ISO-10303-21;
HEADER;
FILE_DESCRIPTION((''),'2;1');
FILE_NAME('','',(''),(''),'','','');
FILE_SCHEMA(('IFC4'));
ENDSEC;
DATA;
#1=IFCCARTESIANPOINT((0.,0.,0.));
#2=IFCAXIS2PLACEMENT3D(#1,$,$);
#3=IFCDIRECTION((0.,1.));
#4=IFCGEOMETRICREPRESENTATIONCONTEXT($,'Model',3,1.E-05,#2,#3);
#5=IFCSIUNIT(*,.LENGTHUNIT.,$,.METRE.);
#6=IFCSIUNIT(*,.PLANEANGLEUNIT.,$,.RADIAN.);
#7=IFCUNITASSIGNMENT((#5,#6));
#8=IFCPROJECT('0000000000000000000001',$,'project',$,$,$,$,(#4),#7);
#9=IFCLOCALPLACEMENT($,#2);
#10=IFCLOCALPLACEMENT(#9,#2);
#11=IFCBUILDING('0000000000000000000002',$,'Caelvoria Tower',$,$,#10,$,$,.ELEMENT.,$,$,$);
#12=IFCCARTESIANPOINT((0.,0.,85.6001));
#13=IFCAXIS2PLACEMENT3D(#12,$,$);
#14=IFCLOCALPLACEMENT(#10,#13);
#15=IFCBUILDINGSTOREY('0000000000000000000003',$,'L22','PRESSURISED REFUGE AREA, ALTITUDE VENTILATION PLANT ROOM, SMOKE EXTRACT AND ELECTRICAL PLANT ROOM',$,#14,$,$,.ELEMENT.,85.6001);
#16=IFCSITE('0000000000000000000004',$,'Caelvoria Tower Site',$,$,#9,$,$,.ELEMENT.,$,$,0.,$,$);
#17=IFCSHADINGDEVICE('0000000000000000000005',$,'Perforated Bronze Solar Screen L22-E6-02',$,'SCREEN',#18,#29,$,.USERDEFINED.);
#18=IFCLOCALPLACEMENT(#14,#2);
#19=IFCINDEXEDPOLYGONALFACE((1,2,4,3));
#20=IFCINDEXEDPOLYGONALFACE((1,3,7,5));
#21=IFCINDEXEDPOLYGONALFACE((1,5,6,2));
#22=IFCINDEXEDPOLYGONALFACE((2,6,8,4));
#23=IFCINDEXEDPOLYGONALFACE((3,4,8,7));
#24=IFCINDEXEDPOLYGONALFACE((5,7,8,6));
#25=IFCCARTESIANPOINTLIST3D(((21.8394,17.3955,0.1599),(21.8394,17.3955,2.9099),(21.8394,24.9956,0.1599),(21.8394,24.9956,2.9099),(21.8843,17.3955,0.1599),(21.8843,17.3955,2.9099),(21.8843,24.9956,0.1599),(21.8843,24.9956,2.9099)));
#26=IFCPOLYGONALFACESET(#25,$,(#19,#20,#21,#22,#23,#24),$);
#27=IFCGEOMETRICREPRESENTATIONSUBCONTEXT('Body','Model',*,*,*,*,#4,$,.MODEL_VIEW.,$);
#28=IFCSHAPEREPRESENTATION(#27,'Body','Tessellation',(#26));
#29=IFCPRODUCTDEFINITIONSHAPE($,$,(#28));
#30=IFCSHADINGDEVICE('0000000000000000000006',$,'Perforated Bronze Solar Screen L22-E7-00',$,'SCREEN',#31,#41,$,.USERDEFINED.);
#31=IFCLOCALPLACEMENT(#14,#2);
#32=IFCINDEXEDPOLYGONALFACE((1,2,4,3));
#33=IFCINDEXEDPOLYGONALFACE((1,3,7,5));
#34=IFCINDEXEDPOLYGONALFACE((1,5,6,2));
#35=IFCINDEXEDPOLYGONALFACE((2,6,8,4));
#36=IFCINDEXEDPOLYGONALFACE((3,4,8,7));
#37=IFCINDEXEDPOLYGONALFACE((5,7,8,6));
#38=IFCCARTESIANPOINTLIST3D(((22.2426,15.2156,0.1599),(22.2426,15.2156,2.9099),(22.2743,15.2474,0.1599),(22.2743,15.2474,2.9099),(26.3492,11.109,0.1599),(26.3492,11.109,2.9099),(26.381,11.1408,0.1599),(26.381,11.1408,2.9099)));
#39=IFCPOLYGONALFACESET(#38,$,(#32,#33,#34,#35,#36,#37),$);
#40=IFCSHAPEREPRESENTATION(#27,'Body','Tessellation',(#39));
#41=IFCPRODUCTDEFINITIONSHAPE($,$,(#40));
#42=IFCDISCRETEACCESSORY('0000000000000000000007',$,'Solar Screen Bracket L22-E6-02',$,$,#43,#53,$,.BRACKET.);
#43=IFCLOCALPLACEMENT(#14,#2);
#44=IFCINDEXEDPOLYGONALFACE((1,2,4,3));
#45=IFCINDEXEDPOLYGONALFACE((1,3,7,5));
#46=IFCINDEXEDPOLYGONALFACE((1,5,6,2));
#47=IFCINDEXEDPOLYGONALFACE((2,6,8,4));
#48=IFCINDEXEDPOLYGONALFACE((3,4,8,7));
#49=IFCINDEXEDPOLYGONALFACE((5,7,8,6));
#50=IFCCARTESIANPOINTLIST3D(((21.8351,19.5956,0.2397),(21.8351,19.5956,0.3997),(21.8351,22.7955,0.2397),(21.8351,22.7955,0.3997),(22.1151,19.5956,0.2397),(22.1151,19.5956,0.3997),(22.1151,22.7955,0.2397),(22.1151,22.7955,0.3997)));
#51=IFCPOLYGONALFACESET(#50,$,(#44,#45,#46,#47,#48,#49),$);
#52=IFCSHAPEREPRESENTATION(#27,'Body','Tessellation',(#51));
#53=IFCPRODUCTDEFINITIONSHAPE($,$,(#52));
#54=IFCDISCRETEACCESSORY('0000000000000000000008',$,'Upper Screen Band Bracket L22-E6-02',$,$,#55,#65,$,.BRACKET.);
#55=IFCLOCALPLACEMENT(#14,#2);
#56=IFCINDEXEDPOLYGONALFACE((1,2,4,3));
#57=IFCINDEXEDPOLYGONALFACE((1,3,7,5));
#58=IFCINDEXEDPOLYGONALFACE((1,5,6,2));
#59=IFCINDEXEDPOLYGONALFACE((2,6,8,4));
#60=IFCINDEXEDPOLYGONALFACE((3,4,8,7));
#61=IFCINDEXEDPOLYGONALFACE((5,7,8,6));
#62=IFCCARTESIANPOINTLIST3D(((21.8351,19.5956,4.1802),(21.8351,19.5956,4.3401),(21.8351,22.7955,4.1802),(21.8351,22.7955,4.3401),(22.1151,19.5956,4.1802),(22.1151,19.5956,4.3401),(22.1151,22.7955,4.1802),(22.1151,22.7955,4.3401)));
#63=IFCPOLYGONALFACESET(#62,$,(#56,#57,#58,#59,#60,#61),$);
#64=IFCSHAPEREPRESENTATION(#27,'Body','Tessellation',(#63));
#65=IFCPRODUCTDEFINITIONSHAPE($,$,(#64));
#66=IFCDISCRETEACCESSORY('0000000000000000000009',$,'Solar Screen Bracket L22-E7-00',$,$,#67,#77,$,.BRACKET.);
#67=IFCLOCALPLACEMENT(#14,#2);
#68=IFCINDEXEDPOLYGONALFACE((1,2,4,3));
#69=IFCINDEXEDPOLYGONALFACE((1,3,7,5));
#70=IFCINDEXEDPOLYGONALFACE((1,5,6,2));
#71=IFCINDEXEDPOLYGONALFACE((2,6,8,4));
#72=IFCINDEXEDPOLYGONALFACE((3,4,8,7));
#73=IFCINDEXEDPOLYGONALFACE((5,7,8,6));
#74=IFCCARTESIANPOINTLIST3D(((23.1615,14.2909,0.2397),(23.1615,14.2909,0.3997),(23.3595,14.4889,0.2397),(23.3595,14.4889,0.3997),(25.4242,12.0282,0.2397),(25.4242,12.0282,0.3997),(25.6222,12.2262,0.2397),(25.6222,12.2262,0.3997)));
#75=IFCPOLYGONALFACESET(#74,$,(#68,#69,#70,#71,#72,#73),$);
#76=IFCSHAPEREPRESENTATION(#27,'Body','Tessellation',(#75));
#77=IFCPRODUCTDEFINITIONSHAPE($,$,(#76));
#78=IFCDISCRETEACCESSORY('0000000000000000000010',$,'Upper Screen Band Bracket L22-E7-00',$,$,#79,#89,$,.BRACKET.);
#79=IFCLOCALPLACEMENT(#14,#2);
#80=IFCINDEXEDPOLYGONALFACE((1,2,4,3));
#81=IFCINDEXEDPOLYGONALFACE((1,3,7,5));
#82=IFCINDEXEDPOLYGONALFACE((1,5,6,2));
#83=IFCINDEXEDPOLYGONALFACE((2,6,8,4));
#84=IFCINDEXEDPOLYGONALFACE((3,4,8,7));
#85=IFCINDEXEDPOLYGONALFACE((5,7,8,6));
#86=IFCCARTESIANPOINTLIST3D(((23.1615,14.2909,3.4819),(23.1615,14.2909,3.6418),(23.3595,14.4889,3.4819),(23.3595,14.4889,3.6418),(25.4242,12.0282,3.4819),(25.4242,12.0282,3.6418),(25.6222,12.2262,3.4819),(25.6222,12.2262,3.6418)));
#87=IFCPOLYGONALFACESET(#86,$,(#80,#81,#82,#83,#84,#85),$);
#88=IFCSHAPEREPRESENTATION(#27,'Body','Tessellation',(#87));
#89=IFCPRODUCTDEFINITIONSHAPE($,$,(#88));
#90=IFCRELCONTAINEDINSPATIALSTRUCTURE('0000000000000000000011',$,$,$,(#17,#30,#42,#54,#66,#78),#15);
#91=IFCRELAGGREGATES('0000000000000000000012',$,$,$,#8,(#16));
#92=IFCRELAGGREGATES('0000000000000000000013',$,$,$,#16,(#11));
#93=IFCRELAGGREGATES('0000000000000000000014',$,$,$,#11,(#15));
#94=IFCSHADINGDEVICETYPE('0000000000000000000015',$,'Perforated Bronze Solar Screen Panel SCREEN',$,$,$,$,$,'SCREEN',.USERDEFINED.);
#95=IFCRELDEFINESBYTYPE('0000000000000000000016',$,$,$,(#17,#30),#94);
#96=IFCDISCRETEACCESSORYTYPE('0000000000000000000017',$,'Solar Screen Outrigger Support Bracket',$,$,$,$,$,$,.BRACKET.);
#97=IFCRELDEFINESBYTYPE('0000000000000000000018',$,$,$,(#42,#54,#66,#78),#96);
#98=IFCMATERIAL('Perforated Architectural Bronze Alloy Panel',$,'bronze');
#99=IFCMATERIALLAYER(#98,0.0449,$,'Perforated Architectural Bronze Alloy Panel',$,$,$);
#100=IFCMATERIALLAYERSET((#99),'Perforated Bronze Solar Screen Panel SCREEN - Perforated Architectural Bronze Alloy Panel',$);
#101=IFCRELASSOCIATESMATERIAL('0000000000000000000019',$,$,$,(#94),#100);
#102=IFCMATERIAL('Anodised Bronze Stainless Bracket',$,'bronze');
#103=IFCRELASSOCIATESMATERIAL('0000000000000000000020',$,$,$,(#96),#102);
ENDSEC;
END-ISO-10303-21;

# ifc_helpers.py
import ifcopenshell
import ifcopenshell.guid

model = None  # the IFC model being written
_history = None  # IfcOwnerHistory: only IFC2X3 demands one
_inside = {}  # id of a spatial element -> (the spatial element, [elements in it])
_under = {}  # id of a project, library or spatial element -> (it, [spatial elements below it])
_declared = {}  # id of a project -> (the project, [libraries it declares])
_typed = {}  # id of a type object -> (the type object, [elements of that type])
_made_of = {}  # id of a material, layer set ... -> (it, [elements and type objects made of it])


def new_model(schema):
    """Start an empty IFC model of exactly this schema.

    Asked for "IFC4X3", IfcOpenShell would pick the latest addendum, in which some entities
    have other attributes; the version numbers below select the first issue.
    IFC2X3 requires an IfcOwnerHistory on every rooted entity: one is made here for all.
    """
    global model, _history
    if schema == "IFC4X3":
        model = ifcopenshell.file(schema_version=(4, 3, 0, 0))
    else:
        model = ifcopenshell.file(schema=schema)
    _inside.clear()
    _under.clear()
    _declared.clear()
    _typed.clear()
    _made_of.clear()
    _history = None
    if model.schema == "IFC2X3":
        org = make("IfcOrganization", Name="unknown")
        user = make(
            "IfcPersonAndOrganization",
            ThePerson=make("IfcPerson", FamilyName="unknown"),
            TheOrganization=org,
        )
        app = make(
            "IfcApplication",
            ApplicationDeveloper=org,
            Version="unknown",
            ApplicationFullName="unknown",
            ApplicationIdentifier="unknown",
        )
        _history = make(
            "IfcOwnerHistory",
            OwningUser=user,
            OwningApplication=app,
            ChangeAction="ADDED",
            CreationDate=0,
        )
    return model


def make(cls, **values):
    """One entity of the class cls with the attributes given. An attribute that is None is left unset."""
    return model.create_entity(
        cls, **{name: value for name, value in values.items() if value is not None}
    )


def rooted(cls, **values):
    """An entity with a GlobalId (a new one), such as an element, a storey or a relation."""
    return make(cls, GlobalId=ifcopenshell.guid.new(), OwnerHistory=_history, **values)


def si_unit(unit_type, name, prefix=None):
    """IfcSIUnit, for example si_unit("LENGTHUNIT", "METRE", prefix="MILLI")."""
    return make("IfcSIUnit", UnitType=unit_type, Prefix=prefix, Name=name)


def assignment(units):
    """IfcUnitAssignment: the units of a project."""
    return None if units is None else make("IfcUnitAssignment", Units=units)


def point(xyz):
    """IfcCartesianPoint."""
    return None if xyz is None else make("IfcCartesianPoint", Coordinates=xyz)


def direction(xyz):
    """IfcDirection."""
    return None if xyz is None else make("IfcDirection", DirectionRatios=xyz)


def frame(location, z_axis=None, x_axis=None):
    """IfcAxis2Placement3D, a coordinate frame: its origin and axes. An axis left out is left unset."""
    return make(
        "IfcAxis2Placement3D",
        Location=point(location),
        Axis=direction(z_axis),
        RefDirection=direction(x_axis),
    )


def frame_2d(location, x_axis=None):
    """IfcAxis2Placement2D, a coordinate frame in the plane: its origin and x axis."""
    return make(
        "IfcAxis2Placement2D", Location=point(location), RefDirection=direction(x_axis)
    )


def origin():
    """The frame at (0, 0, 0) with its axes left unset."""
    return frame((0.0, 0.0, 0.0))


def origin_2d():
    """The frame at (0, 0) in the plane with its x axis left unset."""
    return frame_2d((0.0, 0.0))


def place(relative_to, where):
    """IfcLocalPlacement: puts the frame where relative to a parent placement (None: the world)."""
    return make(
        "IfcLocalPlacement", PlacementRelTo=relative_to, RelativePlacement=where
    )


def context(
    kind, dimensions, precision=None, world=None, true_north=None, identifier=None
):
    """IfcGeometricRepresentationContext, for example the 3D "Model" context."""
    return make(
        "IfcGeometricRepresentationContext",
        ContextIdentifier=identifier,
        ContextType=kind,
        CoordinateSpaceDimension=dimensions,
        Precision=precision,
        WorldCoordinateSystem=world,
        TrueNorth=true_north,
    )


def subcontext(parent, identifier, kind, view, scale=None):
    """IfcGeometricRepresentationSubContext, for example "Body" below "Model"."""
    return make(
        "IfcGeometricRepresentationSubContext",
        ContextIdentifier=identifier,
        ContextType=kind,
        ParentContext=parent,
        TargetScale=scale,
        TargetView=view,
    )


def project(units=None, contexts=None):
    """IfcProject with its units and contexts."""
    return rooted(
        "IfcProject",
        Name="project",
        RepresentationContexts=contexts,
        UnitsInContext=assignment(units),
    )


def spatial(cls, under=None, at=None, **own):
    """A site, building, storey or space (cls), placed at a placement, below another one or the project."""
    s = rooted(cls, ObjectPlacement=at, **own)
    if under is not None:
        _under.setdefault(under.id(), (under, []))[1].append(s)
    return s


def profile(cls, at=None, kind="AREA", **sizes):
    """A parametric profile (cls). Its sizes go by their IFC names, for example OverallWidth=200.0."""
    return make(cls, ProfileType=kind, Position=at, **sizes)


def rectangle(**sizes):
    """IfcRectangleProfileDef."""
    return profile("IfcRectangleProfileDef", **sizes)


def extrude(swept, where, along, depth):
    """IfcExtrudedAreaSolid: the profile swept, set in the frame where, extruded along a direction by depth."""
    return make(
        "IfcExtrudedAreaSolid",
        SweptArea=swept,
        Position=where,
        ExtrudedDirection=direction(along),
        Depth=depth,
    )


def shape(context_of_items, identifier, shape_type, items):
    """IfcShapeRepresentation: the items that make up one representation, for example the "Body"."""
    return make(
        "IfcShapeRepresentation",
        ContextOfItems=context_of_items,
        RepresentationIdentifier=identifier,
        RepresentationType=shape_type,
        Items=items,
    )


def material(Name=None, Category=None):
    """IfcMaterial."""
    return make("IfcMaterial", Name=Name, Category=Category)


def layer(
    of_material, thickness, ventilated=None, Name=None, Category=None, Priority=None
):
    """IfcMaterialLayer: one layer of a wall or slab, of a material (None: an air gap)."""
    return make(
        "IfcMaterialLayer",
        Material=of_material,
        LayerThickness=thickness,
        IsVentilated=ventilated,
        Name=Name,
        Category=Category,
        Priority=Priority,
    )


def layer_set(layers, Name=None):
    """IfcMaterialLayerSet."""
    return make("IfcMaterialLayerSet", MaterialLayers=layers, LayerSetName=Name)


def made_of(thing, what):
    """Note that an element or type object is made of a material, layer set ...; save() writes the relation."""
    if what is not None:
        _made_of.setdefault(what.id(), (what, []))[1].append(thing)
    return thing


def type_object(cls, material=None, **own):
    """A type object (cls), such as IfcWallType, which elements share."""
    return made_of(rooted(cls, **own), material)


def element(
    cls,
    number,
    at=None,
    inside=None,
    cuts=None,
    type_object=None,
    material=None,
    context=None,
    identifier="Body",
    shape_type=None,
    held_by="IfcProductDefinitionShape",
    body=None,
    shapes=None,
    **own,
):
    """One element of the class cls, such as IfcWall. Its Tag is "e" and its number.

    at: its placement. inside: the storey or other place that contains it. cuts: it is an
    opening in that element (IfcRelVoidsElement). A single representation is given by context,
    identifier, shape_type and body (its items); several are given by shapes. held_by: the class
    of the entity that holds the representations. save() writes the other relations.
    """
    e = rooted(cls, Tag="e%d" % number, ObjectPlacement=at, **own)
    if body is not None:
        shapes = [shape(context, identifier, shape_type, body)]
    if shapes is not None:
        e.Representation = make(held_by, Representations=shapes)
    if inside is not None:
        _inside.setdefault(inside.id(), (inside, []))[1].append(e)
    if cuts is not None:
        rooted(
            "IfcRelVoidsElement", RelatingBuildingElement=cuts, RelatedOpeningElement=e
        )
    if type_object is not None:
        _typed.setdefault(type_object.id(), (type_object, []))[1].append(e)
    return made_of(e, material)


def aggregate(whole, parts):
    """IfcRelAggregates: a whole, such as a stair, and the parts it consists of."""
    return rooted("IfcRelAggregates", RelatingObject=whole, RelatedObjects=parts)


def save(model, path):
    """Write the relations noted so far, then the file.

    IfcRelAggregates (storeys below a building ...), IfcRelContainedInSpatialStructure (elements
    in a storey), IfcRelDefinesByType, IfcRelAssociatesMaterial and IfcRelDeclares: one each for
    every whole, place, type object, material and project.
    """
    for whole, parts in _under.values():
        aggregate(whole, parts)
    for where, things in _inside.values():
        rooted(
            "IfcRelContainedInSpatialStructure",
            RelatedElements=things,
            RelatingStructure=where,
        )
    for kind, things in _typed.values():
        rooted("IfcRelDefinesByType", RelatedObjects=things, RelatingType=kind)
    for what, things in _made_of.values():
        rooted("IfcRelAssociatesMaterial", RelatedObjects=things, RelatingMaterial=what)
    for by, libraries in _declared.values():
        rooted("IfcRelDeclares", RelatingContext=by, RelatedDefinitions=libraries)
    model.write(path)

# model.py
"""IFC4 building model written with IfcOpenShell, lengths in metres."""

from ifc_helpers import new_model, si_unit, direction, frame, origin, origin_2d, place, context, subcontext, project, spatial, rectangle, extrude, material, layer, layer_set, type_object, element, save


model = new_model("IFC4")

# Units and contexts
model_context = context("Model", 3, precision=1e-05, world=origin(), true_north=direction((0.0, 1.0)))
body_context = subcontext(model_context, "Body", "Model", "MODEL_VIEW")
ifc_project = project(units=[si_unit("LENGTHUNIT", "METRE"), si_unit("PLANEANGLEUNIT", "RADIAN")], contexts=[model_context])

# Site, building, storey
site_placement = place(None, origin())
site = spatial("IfcSite", under=ifc_project, at=site_placement, Name="Caelvoria Tower Site", CompositionType="ELEMENT", RefElevation=0.0)
building_placement = place(site_placement, origin())
building = spatial("IfcBuilding", under=site, at=building_placement, Name="Caelvoria Tower", CompositionType="ELEMENT")
storey_placement = place(building_placement, frame((0.0, 0.0, 85.6001)))
storey = spatial("IfcBuildingStorey", under=building, at=storey_placement, Name="L22", Description="PRESSURISED REFUGE AREA, ALTITUDE VENTILATION PLANT ROOM, SMOKE EXTRACT AND ELECTRICAL PLANT ROOM", CompositionType="ELEMENT", Elevation=85.6001)

# Shading devices
ifc_material_1 = material(Name="Perforated Architectural Bronze Alloy Panel", Category="bronze")
ifc_layer_1 = layer(ifc_material_1, 0.0449, Name="Perforated Architectural Bronze Alloy Panel")
ifc_layer_set_1 = layer_set([ifc_layer_1], Name="Perforated Bronze Solar Screen Panel SCREEN - Perforated Architectural Bronze Alloy Panel")
shading_device_type = type_object("IfcShadingDeviceType", Name="Perforated Bronze Solar Screen Panel SCREEN", ElementType="SCREEN", PredefinedType="USERDEFINED", material=ifc_layer_set_1)
shading_device_1_placement = place(storey_placement, frame((21.8618, 21.1956, 0.1599), z_axis=(0.0, 0.0, 1.0), x_axis=(0.0, -1.0, 0.0)))
element("IfcShadingDevice", 1, at=shading_device_1_placement, inside=storey, type_object=shading_device_type, Name="Perforated Bronze Solar Screen L22-E6-02", ObjectType="SCREEN", PredefinedType="USERDEFINED", context=body_context, shape_type="SweptSolid", body=[
    extrude(rectangle(XDim=7.6001, YDim=0.0449, at=origin_2d()), origin(), (0.0, 0.0, 1.0), 2.75),
])
shading_device_2_placement = place(storey_placement, frame((24.3118, 13.1782, 0.1599), z_axis=(0.0, 0.0, 1.0), x_axis=(0.707107, -0.707107, 0.0)))
element("IfcShadingDevice", 2, at=shading_device_2_placement, inside=storey, type_object=shading_device_type, Name="Perforated Bronze Solar Screen L22-E7-00", ObjectType="SCREEN", PredefinedType="USERDEFINED", context=body_context, shape_type="SweptSolid", body=[
    extrude(rectangle(XDim=5.8076, YDim=0.0449, at=origin_2d()), origin(), (0.0, 0.0, 1.0), 2.75),
])

# Discrete accessories
ifc_material_2 = material(Name="Anodised Bronze Stainless Bracket", Category="bronze")
discrete_accessory_type = type_object("IfcDiscreteAccessoryType", Name="Solar Screen Outrigger Support Bracket", PredefinedType="BRACKET", material=ifc_material_2)
for number, where, z_axis, x_axis, name in (
    (3, (21.9751, 21.1956, 0.2397), (0.0, 0.0, 1.0), (0.0, -1.0, 0.0), "Solar Screen Bracket L22-E6-02"),
    (4, (21.9751, 21.1956, 4.1802), (0.0, 0.0, 1.0), (0.0, -1.0, 0.0), "Upper Screen Band Bracket L22-E6-02"),
    (5, (24.3918, 13.2585, 0.2397), (0.0, 0.0, 1.0), (0.707107, -0.707107, 0.0), "Solar Screen Bracket L22-E7-00"),
    (6, (24.3918, 13.2585, 3.4819), (0.0, 0.0, 1.0), (0.707107, -0.707107, 0.0), "Upper Screen Band Bracket L22-E7-00"),
):
    element("IfcDiscreteAccessory", number, at=place(storey_placement, frame(where, z_axis=z_axis, x_axis=x_axis)), inside=storey, type_object=discrete_accessory_type, Name=name, PredefinedType="BRACKET", context=body_context, shape_type="SweptSolid", body=[
        extrude(rectangle(XDim=3.2, YDim=0.28, at=origin_2d()), origin(), (0.0, 0.0, 1.0), 0.1599),
    ])

save(model, "model.ifc")
